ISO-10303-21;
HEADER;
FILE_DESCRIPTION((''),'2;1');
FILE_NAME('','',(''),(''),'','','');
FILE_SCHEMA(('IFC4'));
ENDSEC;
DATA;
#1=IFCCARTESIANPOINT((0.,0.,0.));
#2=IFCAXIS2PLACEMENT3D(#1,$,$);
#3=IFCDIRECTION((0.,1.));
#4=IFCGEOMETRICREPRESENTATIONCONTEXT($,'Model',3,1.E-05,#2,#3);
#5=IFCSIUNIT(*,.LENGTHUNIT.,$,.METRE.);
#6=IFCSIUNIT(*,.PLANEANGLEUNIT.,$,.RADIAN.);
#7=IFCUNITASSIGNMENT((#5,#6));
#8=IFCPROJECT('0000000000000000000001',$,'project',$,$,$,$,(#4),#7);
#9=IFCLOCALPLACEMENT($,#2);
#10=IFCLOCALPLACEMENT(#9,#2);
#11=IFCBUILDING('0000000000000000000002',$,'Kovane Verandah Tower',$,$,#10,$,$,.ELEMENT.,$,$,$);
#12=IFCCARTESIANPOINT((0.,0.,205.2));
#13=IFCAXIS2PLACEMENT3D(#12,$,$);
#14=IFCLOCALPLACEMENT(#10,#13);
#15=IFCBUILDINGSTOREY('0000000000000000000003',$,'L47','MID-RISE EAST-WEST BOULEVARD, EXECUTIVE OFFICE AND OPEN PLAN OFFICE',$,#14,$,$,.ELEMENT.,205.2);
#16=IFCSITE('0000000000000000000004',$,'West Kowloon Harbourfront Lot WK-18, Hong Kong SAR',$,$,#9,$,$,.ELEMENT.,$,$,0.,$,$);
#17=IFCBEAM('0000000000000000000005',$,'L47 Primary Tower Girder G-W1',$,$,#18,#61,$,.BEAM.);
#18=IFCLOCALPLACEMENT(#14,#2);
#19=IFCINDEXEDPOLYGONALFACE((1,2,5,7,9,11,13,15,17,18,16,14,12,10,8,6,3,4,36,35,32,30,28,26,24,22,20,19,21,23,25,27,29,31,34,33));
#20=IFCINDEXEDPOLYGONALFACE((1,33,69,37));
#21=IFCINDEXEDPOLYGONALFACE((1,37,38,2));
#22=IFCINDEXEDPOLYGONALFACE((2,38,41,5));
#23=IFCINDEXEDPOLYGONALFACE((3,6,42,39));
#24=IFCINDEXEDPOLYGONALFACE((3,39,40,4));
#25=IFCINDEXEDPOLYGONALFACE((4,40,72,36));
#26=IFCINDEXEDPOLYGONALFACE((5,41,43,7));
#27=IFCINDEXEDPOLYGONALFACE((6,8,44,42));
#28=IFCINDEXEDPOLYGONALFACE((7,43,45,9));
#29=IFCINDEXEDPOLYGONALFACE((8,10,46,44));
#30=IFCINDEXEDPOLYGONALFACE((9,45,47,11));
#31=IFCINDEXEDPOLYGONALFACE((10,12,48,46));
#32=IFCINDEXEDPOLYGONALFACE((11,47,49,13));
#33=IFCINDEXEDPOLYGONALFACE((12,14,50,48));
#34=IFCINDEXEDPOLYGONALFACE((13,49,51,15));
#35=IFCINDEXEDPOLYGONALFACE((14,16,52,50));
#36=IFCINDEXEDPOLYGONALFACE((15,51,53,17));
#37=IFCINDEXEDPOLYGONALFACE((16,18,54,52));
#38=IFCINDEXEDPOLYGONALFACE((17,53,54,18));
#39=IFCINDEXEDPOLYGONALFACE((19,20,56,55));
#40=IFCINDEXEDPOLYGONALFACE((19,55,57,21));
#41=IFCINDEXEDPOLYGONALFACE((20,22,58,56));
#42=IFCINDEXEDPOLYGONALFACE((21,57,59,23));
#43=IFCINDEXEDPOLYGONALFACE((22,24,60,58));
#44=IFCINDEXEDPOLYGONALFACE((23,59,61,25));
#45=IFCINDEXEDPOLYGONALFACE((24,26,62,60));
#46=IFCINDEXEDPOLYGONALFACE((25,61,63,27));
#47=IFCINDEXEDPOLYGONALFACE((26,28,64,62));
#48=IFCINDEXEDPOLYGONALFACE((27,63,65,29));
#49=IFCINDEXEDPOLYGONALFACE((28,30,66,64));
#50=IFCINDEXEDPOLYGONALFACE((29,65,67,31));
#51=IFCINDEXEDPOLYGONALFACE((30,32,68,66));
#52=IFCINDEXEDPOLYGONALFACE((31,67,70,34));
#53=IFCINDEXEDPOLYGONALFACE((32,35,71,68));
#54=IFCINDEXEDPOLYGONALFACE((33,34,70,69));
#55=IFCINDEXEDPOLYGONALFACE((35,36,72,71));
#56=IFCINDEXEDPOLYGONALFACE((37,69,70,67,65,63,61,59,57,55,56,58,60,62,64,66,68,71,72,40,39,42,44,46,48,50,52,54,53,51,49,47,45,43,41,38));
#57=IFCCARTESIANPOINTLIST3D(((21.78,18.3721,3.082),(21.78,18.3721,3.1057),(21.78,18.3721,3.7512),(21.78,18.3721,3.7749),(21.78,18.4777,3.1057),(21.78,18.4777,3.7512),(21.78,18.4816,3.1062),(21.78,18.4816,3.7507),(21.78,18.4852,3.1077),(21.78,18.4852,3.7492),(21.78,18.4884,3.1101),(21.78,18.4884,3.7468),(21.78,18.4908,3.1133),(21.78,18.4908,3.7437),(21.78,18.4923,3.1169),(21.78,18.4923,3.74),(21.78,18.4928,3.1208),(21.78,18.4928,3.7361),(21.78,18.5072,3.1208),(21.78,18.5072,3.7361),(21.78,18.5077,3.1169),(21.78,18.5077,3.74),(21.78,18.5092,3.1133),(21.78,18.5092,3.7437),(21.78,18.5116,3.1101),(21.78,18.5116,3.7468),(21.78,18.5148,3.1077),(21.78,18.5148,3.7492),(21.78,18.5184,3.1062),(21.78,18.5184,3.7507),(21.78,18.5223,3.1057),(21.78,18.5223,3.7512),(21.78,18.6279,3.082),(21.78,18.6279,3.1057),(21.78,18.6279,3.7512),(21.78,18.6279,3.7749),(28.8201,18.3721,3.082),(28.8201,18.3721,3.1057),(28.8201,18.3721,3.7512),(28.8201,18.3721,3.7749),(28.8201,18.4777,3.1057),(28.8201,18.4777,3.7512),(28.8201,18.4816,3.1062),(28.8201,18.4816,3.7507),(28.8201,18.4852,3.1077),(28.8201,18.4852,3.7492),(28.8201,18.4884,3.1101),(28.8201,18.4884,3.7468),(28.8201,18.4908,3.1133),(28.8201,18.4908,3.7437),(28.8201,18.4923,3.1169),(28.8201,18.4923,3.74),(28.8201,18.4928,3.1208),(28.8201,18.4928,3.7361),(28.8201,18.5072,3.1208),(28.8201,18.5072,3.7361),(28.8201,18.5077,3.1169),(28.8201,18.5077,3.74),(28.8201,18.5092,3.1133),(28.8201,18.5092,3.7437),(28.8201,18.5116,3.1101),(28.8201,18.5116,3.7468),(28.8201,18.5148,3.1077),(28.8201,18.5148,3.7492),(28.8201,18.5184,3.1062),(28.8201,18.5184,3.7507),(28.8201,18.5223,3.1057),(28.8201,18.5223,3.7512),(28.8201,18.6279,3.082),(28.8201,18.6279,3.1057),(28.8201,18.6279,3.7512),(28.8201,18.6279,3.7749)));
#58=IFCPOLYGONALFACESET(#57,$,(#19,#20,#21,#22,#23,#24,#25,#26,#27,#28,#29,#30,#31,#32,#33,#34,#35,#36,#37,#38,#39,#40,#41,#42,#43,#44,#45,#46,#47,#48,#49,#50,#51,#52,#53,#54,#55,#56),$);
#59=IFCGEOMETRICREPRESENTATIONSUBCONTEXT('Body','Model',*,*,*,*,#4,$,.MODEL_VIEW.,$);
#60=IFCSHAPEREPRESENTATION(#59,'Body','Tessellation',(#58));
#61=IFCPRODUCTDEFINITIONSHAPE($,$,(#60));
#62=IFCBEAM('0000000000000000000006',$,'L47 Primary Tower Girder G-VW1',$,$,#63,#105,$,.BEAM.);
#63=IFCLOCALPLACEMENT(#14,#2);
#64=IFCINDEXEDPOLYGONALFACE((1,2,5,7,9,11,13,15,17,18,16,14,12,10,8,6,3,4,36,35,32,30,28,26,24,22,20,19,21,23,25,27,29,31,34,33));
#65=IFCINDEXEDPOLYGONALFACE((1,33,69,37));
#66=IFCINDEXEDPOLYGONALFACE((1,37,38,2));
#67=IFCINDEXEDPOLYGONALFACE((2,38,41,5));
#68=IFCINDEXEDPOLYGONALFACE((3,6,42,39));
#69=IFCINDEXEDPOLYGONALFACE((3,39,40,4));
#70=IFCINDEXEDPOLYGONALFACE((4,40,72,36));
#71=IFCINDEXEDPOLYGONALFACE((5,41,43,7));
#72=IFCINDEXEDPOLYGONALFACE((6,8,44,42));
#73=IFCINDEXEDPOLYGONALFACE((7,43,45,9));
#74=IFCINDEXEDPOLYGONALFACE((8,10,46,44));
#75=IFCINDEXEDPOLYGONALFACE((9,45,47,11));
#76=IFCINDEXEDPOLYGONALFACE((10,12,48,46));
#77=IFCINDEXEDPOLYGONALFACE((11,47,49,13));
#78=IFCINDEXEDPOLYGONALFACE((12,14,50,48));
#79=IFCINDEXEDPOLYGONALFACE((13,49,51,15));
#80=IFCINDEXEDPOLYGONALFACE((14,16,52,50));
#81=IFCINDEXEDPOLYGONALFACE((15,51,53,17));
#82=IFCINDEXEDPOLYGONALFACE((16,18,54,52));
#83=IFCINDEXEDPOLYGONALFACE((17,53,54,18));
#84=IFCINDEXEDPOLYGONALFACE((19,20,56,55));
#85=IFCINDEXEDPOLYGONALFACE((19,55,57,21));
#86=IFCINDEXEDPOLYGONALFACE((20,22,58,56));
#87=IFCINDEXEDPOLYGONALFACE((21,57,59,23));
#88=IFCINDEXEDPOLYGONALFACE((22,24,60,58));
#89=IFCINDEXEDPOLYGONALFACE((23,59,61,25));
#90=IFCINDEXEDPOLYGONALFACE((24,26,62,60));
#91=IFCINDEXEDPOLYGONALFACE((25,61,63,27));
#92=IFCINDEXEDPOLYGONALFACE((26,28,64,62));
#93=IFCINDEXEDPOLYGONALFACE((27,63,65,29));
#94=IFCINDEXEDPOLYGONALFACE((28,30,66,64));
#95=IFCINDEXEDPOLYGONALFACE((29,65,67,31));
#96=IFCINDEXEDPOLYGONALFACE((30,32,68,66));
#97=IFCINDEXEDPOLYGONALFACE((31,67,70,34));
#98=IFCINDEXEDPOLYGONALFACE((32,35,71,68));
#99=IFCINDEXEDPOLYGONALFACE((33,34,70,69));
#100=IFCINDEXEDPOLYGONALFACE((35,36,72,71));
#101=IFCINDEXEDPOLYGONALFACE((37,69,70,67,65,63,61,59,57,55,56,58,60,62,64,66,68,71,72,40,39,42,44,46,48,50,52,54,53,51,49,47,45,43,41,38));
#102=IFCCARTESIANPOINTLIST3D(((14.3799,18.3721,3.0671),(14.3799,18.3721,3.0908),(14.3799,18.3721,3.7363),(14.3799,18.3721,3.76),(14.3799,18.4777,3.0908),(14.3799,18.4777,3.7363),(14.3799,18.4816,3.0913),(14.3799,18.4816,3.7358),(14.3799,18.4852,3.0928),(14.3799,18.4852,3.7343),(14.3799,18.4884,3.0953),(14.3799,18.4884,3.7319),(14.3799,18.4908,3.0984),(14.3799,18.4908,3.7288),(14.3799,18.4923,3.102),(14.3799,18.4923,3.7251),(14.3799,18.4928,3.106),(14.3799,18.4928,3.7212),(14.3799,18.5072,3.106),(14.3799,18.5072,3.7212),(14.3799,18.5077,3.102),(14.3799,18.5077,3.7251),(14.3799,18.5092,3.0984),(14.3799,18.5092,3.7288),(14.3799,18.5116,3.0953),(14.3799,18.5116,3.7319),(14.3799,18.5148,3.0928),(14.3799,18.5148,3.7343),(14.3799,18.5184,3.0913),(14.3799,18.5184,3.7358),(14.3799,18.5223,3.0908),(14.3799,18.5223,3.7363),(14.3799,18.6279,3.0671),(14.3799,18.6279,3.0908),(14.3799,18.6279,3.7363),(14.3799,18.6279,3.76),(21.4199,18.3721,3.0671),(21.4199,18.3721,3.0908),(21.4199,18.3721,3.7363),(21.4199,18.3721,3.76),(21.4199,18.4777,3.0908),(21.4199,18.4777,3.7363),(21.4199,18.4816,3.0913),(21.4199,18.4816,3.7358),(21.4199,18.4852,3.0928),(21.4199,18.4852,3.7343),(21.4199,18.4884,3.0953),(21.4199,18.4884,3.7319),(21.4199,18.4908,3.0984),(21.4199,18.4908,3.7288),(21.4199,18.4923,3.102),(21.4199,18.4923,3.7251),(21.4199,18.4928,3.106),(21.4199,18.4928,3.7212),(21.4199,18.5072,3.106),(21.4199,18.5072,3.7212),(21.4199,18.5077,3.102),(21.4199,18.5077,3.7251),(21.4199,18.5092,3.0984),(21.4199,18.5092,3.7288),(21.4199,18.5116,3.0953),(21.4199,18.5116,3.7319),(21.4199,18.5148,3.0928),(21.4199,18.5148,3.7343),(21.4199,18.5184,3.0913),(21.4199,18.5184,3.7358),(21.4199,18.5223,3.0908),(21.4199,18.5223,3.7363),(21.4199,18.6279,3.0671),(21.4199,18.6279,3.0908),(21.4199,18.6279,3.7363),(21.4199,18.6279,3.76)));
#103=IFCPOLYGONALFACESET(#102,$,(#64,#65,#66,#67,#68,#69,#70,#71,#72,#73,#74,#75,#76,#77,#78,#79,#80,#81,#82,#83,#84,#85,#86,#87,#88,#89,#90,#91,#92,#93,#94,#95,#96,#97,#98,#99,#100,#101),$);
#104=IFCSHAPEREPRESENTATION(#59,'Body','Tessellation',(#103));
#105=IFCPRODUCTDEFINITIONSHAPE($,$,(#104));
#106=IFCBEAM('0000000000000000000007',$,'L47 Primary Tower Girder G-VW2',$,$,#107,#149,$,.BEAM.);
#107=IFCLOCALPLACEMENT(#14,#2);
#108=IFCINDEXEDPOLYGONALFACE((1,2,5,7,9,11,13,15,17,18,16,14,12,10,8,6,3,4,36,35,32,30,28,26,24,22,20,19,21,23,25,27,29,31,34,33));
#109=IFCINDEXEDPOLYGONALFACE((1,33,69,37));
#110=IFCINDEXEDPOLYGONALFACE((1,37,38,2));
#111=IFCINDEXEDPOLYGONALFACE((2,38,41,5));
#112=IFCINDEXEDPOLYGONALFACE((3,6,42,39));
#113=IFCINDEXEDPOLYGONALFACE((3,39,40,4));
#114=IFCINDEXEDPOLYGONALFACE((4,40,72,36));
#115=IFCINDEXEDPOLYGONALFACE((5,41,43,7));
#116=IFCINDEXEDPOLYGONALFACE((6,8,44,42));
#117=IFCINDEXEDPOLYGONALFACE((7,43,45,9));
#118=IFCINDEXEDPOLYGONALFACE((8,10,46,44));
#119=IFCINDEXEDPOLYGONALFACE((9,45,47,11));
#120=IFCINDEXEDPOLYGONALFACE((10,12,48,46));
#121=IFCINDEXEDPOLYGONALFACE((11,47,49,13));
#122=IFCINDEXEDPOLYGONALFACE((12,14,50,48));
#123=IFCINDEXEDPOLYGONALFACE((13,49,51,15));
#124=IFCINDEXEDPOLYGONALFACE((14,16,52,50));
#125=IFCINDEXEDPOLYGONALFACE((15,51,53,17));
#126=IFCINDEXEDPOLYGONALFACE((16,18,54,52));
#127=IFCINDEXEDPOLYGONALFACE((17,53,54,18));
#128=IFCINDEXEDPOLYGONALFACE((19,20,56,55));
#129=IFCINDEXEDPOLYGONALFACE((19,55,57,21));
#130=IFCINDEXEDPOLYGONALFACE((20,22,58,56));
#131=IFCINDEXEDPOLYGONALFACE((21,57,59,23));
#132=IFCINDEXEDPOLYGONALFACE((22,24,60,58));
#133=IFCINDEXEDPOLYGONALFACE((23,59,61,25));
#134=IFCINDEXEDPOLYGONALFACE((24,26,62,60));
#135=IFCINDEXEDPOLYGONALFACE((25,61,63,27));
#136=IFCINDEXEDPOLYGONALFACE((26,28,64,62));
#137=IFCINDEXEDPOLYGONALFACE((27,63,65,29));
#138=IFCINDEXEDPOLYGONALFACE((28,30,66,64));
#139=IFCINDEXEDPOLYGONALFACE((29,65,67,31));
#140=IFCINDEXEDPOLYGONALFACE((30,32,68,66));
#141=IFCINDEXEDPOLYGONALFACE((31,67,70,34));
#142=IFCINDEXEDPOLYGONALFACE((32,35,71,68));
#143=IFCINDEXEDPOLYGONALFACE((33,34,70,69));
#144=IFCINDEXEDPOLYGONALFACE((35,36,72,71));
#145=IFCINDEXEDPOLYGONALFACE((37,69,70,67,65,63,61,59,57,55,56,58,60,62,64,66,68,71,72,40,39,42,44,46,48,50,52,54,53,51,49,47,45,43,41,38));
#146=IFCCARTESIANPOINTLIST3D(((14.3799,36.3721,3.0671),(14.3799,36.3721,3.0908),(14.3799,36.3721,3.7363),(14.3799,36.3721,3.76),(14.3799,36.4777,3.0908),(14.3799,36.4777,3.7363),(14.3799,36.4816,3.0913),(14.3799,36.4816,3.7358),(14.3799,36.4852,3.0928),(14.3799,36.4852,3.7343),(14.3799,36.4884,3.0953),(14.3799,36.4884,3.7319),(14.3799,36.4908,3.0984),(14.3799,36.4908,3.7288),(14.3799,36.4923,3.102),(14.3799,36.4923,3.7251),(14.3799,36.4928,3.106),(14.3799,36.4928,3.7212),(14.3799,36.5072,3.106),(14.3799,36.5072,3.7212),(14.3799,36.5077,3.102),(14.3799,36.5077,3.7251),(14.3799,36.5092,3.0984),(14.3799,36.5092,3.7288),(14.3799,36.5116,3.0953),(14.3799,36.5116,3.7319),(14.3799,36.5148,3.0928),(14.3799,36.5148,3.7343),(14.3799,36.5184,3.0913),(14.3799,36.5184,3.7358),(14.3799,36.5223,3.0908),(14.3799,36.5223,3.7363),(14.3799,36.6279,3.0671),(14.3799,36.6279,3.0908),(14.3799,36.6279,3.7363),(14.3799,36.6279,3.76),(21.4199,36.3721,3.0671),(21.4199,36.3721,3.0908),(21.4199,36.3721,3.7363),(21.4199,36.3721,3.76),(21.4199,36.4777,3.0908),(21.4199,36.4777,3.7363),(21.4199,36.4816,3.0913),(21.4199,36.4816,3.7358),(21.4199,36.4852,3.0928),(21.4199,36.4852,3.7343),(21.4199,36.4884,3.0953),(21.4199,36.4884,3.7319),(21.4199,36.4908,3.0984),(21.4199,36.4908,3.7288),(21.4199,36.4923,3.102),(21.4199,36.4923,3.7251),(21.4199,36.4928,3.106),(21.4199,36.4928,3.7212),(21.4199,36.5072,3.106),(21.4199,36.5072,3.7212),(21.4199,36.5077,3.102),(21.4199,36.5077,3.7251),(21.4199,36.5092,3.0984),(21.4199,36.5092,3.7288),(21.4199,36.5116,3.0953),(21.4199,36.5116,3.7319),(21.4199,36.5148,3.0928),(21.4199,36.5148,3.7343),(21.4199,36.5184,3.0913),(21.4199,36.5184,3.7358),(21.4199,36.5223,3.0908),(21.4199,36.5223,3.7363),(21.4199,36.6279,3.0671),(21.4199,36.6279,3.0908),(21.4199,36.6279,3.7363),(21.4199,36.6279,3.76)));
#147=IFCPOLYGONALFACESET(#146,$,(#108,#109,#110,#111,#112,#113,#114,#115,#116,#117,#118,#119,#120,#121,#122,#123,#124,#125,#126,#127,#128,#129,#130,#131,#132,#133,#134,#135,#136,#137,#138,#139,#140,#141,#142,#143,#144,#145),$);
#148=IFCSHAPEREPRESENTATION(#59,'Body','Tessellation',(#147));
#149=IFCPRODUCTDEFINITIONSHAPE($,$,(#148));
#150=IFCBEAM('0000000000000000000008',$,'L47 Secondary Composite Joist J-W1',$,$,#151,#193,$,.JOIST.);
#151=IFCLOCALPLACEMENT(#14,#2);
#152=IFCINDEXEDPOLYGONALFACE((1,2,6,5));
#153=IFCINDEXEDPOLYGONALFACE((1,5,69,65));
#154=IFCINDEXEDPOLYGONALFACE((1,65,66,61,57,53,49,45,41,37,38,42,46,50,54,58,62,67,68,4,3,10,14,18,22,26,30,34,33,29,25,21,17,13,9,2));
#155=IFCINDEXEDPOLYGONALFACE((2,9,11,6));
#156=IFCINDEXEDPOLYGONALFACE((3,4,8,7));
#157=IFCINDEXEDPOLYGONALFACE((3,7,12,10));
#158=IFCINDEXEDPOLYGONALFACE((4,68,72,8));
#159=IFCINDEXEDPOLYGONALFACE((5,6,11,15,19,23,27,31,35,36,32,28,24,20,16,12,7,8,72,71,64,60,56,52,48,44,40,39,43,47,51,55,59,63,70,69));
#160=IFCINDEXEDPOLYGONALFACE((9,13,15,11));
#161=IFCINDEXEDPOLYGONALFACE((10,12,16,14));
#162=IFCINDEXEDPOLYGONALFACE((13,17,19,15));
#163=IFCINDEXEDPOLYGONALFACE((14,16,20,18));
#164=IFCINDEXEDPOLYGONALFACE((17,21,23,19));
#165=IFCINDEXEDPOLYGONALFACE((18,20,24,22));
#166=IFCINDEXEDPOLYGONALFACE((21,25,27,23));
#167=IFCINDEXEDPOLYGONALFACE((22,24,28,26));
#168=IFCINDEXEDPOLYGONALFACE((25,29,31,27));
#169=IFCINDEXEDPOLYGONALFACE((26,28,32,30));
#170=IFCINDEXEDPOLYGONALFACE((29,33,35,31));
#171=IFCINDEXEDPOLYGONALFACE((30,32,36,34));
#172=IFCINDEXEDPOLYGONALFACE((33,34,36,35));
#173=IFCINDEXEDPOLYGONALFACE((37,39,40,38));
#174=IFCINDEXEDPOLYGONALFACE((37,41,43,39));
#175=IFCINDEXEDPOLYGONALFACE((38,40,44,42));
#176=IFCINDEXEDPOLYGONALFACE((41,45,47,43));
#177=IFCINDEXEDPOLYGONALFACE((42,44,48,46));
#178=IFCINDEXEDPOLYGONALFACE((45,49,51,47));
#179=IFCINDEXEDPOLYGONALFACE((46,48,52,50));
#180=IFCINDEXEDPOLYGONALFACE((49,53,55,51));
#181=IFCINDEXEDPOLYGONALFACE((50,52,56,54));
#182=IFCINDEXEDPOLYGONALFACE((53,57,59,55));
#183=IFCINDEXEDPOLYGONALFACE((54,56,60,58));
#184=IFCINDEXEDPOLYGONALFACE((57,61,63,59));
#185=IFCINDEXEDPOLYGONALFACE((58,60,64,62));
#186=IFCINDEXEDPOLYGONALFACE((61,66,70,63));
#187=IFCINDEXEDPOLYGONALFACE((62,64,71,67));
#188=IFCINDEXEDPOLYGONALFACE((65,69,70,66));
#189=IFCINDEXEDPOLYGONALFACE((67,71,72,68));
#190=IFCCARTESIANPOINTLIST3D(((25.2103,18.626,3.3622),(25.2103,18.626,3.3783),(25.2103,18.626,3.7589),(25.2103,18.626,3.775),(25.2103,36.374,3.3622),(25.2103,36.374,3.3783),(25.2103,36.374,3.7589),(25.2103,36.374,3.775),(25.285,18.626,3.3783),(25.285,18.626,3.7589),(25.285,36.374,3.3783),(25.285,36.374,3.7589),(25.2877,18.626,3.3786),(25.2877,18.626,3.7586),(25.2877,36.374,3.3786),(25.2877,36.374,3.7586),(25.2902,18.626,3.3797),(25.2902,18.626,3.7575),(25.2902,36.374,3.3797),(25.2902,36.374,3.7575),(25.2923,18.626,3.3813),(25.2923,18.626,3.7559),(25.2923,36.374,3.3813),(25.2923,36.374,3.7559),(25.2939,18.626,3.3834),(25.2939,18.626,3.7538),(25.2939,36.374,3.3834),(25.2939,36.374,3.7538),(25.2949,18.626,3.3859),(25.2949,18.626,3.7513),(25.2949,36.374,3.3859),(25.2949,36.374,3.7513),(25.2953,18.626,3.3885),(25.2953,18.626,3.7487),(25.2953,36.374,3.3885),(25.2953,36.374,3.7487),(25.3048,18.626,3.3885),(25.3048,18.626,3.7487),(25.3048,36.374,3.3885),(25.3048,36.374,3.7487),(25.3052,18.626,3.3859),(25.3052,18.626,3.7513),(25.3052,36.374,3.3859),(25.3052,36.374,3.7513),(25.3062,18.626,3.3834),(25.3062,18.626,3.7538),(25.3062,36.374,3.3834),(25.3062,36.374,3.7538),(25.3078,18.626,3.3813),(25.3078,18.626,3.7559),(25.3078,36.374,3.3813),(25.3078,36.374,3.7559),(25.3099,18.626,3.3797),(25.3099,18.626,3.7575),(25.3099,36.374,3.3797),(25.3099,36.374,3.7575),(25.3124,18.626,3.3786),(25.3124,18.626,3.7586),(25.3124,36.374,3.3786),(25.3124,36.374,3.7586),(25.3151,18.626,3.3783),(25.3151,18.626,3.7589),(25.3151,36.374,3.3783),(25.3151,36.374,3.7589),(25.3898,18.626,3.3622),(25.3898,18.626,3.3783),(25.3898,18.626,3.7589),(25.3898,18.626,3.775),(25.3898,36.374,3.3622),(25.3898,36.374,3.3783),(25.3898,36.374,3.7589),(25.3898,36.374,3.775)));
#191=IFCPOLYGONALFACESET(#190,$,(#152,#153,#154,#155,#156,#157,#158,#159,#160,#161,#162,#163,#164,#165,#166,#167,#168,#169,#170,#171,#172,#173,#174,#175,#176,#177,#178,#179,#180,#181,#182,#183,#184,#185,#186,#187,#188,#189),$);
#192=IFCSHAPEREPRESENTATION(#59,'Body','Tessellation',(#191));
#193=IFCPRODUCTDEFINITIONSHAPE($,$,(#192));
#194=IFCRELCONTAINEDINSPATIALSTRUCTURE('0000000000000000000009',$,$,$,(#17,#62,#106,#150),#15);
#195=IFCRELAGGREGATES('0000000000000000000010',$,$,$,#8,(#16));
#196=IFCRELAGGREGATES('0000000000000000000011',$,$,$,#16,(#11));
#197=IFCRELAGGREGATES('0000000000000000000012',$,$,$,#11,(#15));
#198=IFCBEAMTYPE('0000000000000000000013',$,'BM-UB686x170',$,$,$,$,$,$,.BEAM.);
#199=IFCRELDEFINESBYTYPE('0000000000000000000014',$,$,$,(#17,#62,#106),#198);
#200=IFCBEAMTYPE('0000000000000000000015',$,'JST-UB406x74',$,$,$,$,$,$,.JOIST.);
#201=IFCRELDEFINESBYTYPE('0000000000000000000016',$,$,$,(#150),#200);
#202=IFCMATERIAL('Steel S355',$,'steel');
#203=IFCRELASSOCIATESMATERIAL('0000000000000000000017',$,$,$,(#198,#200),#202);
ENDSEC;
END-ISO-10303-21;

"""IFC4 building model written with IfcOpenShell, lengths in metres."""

from ifc_helpers import new_model, si_unit, direction, frame, origin, origin_2d, place, context, subcontext, project, spatial, i_section, extrude, material, material_profile, profile_set, type_object, element, save


model = new_model("IFC4")

# Units and contexts
model_context = context("Model", 3, precision=1e-05, world=origin(), true_north=direction((0.0, 1.0)))
body_context = subcontext(model_context, "Body", "Model", "MODEL_VIEW")
ifc_project = project(units=[si_unit("LENGTHUNIT", "METRE"), si_unit("PLANEANGLEUNIT", "RADIAN")], contexts=[model_context])

# Site, building, storey
site_placement = place(None, origin())
site = spatial("IfcSite", under=ifc_project, at=site_placement, Name="West Kowloon Harbourfront Lot WK-18, Hong Kong SAR", CompositionType="ELEMENT", RefElevation=0.0)
building_placement = place(site_placement, origin())
building = spatial("IfcBuilding", under=site, at=building_placement, Name="Kovane Verandah Tower", CompositionType="ELEMENT")
storey_placement = place(building_placement, frame((0.0, 0.0, 205.2)))
storey = spatial("IfcBuildingStorey", under=building, at=storey_placement, Name="L47", Description="MID-RISE EAST-WEST BOULEVARD, EXECUTIVE OFFICE AND OPEN PLAN OFFICE", CompositionType="ELEMENT", Elevation=205.2)

# Beams
ifc_material_1 = material(Name="Steel S355", Category="steel")
ifc_material_profile_1 = material_profile(ifc_material_1, i_section(OverallWidth=0.2559, OverallDepth=0.6929, WebThickness=0.0144, FlangeThickness=0.0237, FilletRadius=0.0151, at=origin_2d()), Name="UB686x254x170")
ifc_profile_set_1 = profile_set([ifc_material_profile_1], Name="Steel S355")
beam_type_1 = type_object("IfcBeamType", Name="BM-UB686x170", PredefinedType="BEAM", material=ifc_profile_set_1)
for number, where, z_axis, x_axis, name in (
    (1, (28.8201, 18.5, 3.4285), (-1.0, 0.0, 0.0), (0.0, -1.0, 0.0), "L47 Primary Tower Girder G-W1"),
    (2, (21.4199, 18.5, 3.4136), (-1.0, 0.0, 0.0), (0.0, -1.0, 0.0), "L47 Primary Tower Girder G-VW1"),
    (3, (21.4199, 36.5, 3.4136), (-1.0, 0.0, 0.0), (0.0, -1.0, 0.0), "L47 Primary Tower Girder G-VW2"),
):
    element("IfcBeam", number, at=place(storey_placement, frame(where, z_axis=z_axis, x_axis=x_axis)), inside=storey, type_object=beam_type_1, Name=name, PredefinedType="BEAM", context=body_context, shape_type="SweptSolid", body=[
        extrude(i_section(OverallWidth=0.2559, OverallDepth=0.6929, WebThickness=0.0144, FlangeThickness=0.0237, FilletRadius=0.0151, at=origin_2d()), origin(), (0.0, 0.0, 1.0), 7.04),
    ])
ifc_material_profile_2 = material_profile(ifc_material_1, i_section(OverallWidth=0.1794, OverallDepth=0.4128, WebThickness=0.0095, FlangeThickness=0.0161, FilletRadius=0.0103, at=origin_2d()), Name="UB406x178x74")
ifc_profile_set_2 = profile_set([ifc_material_profile_2], Name="Steel S355")
beam_type_2 = type_object("IfcBeamType", Name="JST-UB406x74", PredefinedType="JOIST", material=ifc_profile_set_2)
beam_1_placement = place(storey_placement, frame((25.3, 18.626, 3.5686), z_axis=(0.0, 1.0, 0.0), x_axis=(-1.0, 0.0, 0.0)))
element("IfcBeam", 4, at=beam_1_placement, inside=storey, type_object=beam_type_2, Name="L47 Secondary Composite Joist J-W1", PredefinedType="JOIST", context=body_context, shape_type="SweptSolid", body=[
    extrude(i_section(OverallWidth=0.1794, OverallDepth=0.4128, WebThickness=0.0095, FlangeThickness=0.0161, FilletRadius=0.0103, at=origin_2d()), origin(), (0.0, 0.0, 1.0), 17.748),
])

save(model, "model.ifc")
